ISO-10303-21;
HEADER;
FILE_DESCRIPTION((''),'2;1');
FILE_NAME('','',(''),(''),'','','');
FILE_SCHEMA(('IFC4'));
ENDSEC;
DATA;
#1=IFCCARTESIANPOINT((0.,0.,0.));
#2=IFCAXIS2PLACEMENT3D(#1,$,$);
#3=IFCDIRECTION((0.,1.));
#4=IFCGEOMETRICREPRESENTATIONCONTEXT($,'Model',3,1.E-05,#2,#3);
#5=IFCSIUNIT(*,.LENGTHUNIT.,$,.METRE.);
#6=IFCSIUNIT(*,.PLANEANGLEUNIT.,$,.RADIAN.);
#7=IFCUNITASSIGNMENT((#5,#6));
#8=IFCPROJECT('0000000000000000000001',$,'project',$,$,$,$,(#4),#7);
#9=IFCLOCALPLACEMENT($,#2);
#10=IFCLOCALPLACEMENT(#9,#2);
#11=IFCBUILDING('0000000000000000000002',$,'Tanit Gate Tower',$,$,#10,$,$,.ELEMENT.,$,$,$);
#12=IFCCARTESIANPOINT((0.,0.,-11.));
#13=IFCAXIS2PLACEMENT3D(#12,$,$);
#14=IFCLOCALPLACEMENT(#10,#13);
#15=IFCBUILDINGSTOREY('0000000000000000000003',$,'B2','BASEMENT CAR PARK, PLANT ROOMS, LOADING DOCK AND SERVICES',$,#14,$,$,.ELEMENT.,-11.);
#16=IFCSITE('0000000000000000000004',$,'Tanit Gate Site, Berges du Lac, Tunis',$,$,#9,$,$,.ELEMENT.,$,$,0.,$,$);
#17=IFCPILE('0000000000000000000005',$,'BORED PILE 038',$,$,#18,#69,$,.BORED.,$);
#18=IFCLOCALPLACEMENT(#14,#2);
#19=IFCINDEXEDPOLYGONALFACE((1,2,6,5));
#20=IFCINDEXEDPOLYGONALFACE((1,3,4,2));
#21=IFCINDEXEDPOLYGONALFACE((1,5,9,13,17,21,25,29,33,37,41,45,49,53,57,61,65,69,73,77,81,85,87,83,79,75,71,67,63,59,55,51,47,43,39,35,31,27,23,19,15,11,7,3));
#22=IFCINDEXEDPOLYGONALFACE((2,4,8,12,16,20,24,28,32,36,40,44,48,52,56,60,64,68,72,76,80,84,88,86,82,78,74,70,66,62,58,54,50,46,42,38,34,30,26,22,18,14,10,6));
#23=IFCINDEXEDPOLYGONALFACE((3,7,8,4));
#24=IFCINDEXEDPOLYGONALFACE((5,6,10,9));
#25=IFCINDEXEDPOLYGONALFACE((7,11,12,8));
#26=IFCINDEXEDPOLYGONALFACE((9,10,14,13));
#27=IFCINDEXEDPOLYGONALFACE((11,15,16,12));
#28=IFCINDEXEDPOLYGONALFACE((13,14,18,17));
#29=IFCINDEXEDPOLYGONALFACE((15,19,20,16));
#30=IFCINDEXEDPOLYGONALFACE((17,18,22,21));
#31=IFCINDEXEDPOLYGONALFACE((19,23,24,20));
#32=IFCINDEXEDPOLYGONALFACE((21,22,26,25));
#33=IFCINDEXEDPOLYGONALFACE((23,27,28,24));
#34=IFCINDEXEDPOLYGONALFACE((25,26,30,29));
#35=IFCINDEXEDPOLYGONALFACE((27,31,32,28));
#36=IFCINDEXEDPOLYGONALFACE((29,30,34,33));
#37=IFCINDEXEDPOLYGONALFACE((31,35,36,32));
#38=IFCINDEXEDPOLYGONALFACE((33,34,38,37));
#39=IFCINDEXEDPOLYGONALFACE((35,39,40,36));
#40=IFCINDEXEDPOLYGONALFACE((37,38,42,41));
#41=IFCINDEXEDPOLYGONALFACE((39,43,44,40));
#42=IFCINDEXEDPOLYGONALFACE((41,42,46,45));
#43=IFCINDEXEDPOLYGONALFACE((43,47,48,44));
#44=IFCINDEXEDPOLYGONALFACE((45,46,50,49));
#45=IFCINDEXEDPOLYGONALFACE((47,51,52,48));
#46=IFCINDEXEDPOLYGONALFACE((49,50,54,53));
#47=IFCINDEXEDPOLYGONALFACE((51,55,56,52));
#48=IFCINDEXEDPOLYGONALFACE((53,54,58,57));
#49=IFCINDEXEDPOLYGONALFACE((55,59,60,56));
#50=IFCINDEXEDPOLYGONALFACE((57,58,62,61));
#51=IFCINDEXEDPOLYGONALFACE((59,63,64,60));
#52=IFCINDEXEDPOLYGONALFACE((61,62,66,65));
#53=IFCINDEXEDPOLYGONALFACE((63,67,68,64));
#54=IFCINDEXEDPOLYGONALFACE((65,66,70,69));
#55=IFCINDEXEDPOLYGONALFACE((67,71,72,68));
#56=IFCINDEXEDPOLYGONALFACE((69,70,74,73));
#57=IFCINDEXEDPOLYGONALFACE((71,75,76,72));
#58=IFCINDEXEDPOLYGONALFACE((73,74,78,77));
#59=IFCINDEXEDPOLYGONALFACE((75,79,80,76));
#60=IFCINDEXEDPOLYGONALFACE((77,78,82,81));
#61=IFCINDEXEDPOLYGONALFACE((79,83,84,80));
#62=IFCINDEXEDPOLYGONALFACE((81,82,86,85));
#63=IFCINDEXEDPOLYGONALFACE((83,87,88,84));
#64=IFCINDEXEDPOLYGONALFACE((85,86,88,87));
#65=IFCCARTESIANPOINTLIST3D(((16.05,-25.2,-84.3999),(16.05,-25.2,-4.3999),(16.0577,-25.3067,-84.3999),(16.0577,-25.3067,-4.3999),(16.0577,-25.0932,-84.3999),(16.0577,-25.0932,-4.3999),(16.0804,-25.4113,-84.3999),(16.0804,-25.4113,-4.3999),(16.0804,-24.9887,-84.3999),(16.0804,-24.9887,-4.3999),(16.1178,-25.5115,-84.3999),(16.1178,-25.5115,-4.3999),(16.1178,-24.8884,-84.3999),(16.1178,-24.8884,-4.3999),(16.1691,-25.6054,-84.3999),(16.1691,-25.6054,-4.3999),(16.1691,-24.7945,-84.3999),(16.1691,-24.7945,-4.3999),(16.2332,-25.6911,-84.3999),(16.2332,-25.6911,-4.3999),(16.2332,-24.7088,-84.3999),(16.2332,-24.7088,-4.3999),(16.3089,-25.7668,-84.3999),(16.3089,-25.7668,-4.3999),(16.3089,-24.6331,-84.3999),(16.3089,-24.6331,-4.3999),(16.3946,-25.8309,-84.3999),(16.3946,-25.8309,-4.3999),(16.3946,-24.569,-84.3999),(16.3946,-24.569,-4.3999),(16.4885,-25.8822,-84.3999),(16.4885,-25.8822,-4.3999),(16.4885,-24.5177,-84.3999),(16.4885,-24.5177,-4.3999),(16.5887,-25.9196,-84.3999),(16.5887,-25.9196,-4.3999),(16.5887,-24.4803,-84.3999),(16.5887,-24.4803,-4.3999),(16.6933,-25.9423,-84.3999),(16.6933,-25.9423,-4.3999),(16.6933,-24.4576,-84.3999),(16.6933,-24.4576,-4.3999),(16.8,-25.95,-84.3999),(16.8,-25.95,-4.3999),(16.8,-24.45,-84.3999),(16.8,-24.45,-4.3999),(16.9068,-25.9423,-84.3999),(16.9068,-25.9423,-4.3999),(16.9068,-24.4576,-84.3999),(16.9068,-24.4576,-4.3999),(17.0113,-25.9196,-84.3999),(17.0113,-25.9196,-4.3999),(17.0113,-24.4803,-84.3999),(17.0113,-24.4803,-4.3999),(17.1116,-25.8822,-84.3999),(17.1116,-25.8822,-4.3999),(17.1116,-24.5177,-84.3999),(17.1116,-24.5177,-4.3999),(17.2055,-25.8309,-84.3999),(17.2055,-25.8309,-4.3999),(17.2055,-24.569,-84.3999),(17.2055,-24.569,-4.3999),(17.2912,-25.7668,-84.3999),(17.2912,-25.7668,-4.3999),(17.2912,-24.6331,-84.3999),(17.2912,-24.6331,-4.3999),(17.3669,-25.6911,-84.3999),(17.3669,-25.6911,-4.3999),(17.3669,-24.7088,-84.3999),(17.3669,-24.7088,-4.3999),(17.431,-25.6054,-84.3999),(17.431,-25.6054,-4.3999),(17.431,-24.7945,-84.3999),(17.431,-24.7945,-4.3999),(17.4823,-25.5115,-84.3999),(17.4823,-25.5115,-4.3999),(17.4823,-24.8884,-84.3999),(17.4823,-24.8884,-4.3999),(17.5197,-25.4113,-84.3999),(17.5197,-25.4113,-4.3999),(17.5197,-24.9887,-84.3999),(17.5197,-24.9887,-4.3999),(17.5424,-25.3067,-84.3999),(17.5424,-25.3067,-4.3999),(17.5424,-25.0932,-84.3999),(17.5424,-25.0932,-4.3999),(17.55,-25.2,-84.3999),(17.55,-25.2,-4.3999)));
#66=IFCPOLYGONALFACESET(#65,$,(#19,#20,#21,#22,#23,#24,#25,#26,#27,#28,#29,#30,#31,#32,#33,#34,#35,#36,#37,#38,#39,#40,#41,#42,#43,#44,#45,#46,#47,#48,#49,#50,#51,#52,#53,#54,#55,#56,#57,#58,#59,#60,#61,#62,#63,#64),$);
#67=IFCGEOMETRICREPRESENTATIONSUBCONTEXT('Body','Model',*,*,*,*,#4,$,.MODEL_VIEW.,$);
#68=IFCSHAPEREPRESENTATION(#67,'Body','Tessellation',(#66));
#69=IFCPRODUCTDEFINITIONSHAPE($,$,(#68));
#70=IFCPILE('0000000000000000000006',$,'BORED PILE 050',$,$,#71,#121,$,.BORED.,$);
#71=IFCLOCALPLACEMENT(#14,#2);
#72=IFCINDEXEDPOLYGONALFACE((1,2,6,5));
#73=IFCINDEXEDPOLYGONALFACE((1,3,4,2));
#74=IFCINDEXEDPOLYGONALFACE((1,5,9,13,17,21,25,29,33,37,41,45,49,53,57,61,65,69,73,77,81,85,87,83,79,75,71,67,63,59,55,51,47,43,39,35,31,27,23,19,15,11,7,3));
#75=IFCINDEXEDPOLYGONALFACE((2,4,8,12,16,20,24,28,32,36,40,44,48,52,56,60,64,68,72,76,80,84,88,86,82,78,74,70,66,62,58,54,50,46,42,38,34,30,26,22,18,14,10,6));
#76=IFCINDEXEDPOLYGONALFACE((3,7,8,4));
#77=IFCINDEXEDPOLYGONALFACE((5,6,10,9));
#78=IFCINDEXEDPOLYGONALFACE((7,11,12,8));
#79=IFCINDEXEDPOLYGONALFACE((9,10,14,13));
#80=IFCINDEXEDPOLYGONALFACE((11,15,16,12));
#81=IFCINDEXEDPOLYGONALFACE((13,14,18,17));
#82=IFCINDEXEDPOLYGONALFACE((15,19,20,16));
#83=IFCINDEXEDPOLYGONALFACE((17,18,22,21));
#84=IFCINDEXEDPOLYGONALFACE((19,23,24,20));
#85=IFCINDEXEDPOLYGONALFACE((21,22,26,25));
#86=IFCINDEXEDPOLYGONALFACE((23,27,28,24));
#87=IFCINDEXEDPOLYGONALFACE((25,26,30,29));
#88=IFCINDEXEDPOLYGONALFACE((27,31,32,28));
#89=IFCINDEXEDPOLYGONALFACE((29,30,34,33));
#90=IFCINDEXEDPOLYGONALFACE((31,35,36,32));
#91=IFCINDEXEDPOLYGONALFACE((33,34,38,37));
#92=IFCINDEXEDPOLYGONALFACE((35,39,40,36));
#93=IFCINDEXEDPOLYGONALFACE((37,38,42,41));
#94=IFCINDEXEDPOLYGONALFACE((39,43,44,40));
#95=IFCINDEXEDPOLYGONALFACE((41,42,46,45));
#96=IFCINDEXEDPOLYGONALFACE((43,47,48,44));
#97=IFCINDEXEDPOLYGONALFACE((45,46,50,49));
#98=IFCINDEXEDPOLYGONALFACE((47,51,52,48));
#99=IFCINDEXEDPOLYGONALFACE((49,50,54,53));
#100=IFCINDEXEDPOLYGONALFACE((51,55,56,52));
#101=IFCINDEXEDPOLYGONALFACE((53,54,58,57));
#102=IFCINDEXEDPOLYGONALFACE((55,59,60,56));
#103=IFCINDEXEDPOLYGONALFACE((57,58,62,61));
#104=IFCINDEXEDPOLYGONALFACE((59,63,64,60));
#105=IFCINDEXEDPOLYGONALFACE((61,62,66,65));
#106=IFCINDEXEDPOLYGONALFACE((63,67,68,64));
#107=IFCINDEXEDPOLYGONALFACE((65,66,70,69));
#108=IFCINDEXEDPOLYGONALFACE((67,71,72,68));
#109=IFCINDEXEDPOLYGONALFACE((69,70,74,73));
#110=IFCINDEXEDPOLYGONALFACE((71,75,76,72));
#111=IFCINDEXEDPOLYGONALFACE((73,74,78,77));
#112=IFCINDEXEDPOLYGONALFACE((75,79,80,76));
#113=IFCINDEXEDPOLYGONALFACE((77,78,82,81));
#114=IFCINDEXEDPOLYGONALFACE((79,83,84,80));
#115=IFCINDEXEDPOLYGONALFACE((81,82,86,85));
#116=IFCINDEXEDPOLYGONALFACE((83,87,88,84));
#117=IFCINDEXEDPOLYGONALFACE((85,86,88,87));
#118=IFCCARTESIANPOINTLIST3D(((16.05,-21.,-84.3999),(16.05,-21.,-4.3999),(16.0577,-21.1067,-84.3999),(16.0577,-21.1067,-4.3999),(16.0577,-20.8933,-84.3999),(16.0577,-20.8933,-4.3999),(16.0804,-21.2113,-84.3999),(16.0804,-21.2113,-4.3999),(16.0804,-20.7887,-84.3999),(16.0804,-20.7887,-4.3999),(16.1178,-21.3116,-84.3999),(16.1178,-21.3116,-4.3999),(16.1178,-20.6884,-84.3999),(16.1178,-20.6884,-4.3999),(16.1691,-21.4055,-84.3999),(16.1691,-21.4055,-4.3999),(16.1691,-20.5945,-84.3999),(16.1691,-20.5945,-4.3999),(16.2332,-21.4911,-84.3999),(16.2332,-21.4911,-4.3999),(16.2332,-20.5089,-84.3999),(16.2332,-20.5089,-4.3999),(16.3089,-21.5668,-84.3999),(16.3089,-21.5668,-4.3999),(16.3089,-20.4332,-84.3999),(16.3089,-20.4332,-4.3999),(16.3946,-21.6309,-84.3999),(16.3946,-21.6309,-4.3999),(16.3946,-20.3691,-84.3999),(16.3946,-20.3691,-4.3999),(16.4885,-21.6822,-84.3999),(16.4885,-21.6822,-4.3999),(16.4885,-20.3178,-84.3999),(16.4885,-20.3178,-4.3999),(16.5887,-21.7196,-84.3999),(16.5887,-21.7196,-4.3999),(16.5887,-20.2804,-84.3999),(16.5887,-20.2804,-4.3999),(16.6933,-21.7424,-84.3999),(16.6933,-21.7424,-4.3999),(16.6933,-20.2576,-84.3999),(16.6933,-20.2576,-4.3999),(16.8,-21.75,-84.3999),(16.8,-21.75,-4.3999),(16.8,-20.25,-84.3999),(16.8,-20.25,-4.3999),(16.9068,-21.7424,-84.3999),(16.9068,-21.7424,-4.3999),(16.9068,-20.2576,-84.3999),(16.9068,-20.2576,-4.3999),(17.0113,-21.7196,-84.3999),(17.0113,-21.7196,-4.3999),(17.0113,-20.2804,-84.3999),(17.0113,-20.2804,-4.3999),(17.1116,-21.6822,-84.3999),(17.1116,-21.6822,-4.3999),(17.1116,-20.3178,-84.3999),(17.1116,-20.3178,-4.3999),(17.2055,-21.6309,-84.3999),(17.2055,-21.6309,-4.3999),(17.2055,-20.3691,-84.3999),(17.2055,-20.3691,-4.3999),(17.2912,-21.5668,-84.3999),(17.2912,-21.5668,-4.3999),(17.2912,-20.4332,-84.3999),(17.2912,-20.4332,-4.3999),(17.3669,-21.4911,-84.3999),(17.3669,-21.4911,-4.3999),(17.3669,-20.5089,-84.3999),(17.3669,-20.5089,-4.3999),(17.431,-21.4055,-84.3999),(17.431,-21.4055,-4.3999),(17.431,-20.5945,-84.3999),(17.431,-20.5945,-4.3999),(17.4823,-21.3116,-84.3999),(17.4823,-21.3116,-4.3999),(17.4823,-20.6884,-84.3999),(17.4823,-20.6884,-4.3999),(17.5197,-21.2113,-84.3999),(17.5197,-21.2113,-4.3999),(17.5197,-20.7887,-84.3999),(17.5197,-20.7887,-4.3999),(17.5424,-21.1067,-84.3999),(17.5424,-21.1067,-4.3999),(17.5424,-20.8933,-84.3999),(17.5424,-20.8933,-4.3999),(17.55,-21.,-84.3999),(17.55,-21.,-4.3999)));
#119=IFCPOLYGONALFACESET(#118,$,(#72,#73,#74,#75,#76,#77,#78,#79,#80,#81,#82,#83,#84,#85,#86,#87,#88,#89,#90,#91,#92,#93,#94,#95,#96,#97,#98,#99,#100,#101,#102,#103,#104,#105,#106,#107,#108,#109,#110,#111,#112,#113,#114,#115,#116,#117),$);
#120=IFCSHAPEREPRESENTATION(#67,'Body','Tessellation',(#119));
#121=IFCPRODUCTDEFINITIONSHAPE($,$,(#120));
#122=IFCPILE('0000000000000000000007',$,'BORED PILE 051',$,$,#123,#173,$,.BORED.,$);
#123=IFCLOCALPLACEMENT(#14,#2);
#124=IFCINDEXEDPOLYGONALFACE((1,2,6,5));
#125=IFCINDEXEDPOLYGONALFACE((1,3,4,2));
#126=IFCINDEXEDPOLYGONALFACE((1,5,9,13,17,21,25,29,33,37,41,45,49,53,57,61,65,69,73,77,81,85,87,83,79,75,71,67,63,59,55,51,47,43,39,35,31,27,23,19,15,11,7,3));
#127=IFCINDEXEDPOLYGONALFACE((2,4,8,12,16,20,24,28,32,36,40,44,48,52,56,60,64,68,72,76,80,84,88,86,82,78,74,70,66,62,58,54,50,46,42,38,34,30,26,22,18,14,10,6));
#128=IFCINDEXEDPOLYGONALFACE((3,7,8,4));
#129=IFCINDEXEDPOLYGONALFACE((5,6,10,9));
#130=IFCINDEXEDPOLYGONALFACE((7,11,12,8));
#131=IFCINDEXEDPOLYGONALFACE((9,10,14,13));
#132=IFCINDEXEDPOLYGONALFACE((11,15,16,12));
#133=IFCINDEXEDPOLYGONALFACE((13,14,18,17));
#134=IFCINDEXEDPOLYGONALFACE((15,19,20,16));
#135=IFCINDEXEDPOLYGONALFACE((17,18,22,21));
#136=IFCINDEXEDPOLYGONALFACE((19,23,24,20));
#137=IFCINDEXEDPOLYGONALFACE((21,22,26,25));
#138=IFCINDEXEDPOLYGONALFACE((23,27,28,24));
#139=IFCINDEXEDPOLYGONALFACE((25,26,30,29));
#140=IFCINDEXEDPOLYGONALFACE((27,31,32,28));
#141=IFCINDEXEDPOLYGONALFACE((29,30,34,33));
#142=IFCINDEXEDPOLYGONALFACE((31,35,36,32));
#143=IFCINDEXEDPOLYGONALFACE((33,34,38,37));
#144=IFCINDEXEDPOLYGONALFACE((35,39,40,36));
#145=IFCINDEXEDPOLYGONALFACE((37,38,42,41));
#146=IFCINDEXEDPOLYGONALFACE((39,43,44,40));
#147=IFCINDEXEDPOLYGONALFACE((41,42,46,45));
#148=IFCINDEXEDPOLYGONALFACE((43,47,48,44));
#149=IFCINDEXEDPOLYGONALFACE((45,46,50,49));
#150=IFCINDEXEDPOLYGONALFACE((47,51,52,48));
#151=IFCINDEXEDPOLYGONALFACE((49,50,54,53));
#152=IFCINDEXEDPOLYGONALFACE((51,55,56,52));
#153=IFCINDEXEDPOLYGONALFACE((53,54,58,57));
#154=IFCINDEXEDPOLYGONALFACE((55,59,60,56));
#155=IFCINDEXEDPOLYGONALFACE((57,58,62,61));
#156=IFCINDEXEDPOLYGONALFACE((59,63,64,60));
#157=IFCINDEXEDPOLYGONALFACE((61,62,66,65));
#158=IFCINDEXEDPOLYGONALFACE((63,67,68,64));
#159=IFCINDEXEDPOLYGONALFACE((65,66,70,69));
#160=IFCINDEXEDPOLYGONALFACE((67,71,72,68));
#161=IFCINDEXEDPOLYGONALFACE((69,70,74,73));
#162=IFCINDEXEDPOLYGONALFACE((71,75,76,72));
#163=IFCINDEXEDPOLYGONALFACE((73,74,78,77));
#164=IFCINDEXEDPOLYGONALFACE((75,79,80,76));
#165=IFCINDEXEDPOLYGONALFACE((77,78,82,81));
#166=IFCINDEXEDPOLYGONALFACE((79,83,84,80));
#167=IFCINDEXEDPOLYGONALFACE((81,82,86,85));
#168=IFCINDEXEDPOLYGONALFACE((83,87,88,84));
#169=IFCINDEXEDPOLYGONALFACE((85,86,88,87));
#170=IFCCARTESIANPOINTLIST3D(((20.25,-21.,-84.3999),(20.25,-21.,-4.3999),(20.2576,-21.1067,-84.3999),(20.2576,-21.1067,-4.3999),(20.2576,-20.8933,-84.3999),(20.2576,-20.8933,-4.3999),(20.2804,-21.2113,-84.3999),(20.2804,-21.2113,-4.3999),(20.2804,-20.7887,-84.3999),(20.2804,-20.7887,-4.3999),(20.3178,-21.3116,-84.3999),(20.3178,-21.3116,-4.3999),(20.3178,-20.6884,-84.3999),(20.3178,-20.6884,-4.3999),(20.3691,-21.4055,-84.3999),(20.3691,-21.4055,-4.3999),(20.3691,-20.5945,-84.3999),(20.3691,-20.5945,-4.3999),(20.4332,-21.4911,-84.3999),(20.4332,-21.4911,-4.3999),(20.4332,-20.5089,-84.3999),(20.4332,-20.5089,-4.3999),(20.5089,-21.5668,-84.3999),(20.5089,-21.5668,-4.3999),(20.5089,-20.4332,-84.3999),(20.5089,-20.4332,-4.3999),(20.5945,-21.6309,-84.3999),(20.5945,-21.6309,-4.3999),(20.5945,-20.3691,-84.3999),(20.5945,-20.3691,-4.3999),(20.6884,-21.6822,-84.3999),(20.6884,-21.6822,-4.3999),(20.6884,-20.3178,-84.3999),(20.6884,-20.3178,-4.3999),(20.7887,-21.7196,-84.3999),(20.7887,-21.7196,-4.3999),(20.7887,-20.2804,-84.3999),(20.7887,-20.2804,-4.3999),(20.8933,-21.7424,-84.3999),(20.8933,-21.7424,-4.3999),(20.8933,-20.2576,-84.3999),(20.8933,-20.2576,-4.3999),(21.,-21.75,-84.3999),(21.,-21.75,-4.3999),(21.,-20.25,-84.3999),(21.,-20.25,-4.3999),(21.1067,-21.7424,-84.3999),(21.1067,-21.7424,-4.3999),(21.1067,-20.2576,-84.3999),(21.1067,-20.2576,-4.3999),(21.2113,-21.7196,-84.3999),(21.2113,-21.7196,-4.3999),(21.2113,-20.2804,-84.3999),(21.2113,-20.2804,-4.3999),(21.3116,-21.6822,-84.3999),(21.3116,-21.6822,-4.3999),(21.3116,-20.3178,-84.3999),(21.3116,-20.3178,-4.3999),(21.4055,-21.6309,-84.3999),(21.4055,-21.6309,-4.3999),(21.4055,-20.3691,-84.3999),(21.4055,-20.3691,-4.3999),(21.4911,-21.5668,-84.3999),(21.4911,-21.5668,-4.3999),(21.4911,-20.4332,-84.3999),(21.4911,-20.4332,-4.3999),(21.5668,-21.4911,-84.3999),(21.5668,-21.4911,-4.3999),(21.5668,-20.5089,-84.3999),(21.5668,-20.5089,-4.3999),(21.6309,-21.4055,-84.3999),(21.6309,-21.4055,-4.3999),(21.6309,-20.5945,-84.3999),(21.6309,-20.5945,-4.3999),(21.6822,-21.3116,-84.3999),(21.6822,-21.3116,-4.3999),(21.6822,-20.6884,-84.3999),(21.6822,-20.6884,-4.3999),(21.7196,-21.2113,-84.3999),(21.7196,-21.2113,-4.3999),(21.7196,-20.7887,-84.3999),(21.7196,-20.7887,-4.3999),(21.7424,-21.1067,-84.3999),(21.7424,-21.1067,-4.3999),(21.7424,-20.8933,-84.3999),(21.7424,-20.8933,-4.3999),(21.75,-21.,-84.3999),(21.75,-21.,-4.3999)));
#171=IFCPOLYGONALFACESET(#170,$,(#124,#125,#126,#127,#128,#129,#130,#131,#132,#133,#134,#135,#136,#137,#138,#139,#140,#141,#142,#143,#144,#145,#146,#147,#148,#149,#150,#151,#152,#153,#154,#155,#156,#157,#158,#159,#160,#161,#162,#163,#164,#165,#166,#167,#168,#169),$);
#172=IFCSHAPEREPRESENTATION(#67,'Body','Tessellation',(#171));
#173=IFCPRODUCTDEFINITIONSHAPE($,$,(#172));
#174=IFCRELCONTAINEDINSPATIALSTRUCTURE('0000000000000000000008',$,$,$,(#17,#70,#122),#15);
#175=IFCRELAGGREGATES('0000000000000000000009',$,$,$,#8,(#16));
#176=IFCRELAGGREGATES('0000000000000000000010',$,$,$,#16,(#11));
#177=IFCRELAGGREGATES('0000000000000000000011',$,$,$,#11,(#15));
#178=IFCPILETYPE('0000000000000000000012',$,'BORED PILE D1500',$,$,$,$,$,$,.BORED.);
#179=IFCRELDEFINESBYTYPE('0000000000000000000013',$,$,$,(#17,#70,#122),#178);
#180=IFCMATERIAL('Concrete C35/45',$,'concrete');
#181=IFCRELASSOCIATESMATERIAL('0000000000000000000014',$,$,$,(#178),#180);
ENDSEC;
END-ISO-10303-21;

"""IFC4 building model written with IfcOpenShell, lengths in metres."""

from ifc_helpers import new_model, si_unit, direction, frame, origin, origin_2d, place, context, subcontext, project, spatial, circle, extrude, material, material_profile, profile_set, type_object, element, save


model = new_model("IFC4")

# Units and contexts
model_context = context("Model", 3, precision=1e-05, world=origin(), true_north=direction((0.0, 1.0)))
body_context = subcontext(model_context, "Body", "Model", "MODEL_VIEW")
ifc_project = project(units=[si_unit("LENGTHUNIT", "METRE"), si_unit("PLANEANGLEUNIT", "RADIAN")], contexts=[model_context])

# Site, building, storey
site_placement = place(None, origin())
site = spatial("IfcSite", under=ifc_project, at=site_placement, Name="Tanit Gate Site, Berges du Lac, Tunis", CompositionType="ELEMENT", RefElevation=0.0)
building_placement = place(site_placement, origin())
building = spatial("IfcBuilding", under=site, at=building_placement, Name="Tanit Gate Tower", CompositionType="ELEMENT")
storey_placement = place(building_placement, frame((0.0, 0.0, -11.0)))
storey = spatial("IfcBuildingStorey", under=building, at=storey_placement, Name="B2", Description="BASEMENT CAR PARK, PLANT ROOMS, LOADING DOCK AND SERVICES", CompositionType="ELEMENT", Elevation=-11.0)

# Piles
ifc_material_1 = material(Name="Concrete C35/45", Category="concrete")
ifc_material_profile = material_profile(ifc_material_1, circle(Radius=0.75, at=origin_2d()), Name="BORED PILE D1500 C35/45")
ifc_profile_set = profile_set([ifc_material_profile], Name="Concrete C35/45")
pile_type = type_object("IfcPileType", Name="BORED PILE D1500", PredefinedType="BORED", material=ifc_profile_set)
for number, where, z_axis, x_axis, name in (
    (1, (16.8, -25.2, -4.3999), (0.0, 0.0, -1.0), (1.0, 0.0, 0.0), "BORED PILE 038"),
    (2, (16.8, -21.0, -4.3999), (0.0, 0.0, -1.0), (1.0, 0.0, 0.0), "BORED PILE 050"),
    (3, (21.0, -21.0, -4.3999), (0.0, 0.0, -1.0), (1.0, 0.0, 0.0), "BORED PILE 051"),
):
    element("IfcPile", number, at=place(storey_placement, frame(where, z_axis=z_axis, x_axis=x_axis)), inside=storey, type_object=pile_type, Name=name, PredefinedType="BORED", context=body_context, shape_type="SweptSolid", body=[
        extrude(circle(Radius=0.75, at=origin_2d()), origin(), (0.0, 0.0, 1.0), 80.0),
    ])

save(model, "model.ifc")
